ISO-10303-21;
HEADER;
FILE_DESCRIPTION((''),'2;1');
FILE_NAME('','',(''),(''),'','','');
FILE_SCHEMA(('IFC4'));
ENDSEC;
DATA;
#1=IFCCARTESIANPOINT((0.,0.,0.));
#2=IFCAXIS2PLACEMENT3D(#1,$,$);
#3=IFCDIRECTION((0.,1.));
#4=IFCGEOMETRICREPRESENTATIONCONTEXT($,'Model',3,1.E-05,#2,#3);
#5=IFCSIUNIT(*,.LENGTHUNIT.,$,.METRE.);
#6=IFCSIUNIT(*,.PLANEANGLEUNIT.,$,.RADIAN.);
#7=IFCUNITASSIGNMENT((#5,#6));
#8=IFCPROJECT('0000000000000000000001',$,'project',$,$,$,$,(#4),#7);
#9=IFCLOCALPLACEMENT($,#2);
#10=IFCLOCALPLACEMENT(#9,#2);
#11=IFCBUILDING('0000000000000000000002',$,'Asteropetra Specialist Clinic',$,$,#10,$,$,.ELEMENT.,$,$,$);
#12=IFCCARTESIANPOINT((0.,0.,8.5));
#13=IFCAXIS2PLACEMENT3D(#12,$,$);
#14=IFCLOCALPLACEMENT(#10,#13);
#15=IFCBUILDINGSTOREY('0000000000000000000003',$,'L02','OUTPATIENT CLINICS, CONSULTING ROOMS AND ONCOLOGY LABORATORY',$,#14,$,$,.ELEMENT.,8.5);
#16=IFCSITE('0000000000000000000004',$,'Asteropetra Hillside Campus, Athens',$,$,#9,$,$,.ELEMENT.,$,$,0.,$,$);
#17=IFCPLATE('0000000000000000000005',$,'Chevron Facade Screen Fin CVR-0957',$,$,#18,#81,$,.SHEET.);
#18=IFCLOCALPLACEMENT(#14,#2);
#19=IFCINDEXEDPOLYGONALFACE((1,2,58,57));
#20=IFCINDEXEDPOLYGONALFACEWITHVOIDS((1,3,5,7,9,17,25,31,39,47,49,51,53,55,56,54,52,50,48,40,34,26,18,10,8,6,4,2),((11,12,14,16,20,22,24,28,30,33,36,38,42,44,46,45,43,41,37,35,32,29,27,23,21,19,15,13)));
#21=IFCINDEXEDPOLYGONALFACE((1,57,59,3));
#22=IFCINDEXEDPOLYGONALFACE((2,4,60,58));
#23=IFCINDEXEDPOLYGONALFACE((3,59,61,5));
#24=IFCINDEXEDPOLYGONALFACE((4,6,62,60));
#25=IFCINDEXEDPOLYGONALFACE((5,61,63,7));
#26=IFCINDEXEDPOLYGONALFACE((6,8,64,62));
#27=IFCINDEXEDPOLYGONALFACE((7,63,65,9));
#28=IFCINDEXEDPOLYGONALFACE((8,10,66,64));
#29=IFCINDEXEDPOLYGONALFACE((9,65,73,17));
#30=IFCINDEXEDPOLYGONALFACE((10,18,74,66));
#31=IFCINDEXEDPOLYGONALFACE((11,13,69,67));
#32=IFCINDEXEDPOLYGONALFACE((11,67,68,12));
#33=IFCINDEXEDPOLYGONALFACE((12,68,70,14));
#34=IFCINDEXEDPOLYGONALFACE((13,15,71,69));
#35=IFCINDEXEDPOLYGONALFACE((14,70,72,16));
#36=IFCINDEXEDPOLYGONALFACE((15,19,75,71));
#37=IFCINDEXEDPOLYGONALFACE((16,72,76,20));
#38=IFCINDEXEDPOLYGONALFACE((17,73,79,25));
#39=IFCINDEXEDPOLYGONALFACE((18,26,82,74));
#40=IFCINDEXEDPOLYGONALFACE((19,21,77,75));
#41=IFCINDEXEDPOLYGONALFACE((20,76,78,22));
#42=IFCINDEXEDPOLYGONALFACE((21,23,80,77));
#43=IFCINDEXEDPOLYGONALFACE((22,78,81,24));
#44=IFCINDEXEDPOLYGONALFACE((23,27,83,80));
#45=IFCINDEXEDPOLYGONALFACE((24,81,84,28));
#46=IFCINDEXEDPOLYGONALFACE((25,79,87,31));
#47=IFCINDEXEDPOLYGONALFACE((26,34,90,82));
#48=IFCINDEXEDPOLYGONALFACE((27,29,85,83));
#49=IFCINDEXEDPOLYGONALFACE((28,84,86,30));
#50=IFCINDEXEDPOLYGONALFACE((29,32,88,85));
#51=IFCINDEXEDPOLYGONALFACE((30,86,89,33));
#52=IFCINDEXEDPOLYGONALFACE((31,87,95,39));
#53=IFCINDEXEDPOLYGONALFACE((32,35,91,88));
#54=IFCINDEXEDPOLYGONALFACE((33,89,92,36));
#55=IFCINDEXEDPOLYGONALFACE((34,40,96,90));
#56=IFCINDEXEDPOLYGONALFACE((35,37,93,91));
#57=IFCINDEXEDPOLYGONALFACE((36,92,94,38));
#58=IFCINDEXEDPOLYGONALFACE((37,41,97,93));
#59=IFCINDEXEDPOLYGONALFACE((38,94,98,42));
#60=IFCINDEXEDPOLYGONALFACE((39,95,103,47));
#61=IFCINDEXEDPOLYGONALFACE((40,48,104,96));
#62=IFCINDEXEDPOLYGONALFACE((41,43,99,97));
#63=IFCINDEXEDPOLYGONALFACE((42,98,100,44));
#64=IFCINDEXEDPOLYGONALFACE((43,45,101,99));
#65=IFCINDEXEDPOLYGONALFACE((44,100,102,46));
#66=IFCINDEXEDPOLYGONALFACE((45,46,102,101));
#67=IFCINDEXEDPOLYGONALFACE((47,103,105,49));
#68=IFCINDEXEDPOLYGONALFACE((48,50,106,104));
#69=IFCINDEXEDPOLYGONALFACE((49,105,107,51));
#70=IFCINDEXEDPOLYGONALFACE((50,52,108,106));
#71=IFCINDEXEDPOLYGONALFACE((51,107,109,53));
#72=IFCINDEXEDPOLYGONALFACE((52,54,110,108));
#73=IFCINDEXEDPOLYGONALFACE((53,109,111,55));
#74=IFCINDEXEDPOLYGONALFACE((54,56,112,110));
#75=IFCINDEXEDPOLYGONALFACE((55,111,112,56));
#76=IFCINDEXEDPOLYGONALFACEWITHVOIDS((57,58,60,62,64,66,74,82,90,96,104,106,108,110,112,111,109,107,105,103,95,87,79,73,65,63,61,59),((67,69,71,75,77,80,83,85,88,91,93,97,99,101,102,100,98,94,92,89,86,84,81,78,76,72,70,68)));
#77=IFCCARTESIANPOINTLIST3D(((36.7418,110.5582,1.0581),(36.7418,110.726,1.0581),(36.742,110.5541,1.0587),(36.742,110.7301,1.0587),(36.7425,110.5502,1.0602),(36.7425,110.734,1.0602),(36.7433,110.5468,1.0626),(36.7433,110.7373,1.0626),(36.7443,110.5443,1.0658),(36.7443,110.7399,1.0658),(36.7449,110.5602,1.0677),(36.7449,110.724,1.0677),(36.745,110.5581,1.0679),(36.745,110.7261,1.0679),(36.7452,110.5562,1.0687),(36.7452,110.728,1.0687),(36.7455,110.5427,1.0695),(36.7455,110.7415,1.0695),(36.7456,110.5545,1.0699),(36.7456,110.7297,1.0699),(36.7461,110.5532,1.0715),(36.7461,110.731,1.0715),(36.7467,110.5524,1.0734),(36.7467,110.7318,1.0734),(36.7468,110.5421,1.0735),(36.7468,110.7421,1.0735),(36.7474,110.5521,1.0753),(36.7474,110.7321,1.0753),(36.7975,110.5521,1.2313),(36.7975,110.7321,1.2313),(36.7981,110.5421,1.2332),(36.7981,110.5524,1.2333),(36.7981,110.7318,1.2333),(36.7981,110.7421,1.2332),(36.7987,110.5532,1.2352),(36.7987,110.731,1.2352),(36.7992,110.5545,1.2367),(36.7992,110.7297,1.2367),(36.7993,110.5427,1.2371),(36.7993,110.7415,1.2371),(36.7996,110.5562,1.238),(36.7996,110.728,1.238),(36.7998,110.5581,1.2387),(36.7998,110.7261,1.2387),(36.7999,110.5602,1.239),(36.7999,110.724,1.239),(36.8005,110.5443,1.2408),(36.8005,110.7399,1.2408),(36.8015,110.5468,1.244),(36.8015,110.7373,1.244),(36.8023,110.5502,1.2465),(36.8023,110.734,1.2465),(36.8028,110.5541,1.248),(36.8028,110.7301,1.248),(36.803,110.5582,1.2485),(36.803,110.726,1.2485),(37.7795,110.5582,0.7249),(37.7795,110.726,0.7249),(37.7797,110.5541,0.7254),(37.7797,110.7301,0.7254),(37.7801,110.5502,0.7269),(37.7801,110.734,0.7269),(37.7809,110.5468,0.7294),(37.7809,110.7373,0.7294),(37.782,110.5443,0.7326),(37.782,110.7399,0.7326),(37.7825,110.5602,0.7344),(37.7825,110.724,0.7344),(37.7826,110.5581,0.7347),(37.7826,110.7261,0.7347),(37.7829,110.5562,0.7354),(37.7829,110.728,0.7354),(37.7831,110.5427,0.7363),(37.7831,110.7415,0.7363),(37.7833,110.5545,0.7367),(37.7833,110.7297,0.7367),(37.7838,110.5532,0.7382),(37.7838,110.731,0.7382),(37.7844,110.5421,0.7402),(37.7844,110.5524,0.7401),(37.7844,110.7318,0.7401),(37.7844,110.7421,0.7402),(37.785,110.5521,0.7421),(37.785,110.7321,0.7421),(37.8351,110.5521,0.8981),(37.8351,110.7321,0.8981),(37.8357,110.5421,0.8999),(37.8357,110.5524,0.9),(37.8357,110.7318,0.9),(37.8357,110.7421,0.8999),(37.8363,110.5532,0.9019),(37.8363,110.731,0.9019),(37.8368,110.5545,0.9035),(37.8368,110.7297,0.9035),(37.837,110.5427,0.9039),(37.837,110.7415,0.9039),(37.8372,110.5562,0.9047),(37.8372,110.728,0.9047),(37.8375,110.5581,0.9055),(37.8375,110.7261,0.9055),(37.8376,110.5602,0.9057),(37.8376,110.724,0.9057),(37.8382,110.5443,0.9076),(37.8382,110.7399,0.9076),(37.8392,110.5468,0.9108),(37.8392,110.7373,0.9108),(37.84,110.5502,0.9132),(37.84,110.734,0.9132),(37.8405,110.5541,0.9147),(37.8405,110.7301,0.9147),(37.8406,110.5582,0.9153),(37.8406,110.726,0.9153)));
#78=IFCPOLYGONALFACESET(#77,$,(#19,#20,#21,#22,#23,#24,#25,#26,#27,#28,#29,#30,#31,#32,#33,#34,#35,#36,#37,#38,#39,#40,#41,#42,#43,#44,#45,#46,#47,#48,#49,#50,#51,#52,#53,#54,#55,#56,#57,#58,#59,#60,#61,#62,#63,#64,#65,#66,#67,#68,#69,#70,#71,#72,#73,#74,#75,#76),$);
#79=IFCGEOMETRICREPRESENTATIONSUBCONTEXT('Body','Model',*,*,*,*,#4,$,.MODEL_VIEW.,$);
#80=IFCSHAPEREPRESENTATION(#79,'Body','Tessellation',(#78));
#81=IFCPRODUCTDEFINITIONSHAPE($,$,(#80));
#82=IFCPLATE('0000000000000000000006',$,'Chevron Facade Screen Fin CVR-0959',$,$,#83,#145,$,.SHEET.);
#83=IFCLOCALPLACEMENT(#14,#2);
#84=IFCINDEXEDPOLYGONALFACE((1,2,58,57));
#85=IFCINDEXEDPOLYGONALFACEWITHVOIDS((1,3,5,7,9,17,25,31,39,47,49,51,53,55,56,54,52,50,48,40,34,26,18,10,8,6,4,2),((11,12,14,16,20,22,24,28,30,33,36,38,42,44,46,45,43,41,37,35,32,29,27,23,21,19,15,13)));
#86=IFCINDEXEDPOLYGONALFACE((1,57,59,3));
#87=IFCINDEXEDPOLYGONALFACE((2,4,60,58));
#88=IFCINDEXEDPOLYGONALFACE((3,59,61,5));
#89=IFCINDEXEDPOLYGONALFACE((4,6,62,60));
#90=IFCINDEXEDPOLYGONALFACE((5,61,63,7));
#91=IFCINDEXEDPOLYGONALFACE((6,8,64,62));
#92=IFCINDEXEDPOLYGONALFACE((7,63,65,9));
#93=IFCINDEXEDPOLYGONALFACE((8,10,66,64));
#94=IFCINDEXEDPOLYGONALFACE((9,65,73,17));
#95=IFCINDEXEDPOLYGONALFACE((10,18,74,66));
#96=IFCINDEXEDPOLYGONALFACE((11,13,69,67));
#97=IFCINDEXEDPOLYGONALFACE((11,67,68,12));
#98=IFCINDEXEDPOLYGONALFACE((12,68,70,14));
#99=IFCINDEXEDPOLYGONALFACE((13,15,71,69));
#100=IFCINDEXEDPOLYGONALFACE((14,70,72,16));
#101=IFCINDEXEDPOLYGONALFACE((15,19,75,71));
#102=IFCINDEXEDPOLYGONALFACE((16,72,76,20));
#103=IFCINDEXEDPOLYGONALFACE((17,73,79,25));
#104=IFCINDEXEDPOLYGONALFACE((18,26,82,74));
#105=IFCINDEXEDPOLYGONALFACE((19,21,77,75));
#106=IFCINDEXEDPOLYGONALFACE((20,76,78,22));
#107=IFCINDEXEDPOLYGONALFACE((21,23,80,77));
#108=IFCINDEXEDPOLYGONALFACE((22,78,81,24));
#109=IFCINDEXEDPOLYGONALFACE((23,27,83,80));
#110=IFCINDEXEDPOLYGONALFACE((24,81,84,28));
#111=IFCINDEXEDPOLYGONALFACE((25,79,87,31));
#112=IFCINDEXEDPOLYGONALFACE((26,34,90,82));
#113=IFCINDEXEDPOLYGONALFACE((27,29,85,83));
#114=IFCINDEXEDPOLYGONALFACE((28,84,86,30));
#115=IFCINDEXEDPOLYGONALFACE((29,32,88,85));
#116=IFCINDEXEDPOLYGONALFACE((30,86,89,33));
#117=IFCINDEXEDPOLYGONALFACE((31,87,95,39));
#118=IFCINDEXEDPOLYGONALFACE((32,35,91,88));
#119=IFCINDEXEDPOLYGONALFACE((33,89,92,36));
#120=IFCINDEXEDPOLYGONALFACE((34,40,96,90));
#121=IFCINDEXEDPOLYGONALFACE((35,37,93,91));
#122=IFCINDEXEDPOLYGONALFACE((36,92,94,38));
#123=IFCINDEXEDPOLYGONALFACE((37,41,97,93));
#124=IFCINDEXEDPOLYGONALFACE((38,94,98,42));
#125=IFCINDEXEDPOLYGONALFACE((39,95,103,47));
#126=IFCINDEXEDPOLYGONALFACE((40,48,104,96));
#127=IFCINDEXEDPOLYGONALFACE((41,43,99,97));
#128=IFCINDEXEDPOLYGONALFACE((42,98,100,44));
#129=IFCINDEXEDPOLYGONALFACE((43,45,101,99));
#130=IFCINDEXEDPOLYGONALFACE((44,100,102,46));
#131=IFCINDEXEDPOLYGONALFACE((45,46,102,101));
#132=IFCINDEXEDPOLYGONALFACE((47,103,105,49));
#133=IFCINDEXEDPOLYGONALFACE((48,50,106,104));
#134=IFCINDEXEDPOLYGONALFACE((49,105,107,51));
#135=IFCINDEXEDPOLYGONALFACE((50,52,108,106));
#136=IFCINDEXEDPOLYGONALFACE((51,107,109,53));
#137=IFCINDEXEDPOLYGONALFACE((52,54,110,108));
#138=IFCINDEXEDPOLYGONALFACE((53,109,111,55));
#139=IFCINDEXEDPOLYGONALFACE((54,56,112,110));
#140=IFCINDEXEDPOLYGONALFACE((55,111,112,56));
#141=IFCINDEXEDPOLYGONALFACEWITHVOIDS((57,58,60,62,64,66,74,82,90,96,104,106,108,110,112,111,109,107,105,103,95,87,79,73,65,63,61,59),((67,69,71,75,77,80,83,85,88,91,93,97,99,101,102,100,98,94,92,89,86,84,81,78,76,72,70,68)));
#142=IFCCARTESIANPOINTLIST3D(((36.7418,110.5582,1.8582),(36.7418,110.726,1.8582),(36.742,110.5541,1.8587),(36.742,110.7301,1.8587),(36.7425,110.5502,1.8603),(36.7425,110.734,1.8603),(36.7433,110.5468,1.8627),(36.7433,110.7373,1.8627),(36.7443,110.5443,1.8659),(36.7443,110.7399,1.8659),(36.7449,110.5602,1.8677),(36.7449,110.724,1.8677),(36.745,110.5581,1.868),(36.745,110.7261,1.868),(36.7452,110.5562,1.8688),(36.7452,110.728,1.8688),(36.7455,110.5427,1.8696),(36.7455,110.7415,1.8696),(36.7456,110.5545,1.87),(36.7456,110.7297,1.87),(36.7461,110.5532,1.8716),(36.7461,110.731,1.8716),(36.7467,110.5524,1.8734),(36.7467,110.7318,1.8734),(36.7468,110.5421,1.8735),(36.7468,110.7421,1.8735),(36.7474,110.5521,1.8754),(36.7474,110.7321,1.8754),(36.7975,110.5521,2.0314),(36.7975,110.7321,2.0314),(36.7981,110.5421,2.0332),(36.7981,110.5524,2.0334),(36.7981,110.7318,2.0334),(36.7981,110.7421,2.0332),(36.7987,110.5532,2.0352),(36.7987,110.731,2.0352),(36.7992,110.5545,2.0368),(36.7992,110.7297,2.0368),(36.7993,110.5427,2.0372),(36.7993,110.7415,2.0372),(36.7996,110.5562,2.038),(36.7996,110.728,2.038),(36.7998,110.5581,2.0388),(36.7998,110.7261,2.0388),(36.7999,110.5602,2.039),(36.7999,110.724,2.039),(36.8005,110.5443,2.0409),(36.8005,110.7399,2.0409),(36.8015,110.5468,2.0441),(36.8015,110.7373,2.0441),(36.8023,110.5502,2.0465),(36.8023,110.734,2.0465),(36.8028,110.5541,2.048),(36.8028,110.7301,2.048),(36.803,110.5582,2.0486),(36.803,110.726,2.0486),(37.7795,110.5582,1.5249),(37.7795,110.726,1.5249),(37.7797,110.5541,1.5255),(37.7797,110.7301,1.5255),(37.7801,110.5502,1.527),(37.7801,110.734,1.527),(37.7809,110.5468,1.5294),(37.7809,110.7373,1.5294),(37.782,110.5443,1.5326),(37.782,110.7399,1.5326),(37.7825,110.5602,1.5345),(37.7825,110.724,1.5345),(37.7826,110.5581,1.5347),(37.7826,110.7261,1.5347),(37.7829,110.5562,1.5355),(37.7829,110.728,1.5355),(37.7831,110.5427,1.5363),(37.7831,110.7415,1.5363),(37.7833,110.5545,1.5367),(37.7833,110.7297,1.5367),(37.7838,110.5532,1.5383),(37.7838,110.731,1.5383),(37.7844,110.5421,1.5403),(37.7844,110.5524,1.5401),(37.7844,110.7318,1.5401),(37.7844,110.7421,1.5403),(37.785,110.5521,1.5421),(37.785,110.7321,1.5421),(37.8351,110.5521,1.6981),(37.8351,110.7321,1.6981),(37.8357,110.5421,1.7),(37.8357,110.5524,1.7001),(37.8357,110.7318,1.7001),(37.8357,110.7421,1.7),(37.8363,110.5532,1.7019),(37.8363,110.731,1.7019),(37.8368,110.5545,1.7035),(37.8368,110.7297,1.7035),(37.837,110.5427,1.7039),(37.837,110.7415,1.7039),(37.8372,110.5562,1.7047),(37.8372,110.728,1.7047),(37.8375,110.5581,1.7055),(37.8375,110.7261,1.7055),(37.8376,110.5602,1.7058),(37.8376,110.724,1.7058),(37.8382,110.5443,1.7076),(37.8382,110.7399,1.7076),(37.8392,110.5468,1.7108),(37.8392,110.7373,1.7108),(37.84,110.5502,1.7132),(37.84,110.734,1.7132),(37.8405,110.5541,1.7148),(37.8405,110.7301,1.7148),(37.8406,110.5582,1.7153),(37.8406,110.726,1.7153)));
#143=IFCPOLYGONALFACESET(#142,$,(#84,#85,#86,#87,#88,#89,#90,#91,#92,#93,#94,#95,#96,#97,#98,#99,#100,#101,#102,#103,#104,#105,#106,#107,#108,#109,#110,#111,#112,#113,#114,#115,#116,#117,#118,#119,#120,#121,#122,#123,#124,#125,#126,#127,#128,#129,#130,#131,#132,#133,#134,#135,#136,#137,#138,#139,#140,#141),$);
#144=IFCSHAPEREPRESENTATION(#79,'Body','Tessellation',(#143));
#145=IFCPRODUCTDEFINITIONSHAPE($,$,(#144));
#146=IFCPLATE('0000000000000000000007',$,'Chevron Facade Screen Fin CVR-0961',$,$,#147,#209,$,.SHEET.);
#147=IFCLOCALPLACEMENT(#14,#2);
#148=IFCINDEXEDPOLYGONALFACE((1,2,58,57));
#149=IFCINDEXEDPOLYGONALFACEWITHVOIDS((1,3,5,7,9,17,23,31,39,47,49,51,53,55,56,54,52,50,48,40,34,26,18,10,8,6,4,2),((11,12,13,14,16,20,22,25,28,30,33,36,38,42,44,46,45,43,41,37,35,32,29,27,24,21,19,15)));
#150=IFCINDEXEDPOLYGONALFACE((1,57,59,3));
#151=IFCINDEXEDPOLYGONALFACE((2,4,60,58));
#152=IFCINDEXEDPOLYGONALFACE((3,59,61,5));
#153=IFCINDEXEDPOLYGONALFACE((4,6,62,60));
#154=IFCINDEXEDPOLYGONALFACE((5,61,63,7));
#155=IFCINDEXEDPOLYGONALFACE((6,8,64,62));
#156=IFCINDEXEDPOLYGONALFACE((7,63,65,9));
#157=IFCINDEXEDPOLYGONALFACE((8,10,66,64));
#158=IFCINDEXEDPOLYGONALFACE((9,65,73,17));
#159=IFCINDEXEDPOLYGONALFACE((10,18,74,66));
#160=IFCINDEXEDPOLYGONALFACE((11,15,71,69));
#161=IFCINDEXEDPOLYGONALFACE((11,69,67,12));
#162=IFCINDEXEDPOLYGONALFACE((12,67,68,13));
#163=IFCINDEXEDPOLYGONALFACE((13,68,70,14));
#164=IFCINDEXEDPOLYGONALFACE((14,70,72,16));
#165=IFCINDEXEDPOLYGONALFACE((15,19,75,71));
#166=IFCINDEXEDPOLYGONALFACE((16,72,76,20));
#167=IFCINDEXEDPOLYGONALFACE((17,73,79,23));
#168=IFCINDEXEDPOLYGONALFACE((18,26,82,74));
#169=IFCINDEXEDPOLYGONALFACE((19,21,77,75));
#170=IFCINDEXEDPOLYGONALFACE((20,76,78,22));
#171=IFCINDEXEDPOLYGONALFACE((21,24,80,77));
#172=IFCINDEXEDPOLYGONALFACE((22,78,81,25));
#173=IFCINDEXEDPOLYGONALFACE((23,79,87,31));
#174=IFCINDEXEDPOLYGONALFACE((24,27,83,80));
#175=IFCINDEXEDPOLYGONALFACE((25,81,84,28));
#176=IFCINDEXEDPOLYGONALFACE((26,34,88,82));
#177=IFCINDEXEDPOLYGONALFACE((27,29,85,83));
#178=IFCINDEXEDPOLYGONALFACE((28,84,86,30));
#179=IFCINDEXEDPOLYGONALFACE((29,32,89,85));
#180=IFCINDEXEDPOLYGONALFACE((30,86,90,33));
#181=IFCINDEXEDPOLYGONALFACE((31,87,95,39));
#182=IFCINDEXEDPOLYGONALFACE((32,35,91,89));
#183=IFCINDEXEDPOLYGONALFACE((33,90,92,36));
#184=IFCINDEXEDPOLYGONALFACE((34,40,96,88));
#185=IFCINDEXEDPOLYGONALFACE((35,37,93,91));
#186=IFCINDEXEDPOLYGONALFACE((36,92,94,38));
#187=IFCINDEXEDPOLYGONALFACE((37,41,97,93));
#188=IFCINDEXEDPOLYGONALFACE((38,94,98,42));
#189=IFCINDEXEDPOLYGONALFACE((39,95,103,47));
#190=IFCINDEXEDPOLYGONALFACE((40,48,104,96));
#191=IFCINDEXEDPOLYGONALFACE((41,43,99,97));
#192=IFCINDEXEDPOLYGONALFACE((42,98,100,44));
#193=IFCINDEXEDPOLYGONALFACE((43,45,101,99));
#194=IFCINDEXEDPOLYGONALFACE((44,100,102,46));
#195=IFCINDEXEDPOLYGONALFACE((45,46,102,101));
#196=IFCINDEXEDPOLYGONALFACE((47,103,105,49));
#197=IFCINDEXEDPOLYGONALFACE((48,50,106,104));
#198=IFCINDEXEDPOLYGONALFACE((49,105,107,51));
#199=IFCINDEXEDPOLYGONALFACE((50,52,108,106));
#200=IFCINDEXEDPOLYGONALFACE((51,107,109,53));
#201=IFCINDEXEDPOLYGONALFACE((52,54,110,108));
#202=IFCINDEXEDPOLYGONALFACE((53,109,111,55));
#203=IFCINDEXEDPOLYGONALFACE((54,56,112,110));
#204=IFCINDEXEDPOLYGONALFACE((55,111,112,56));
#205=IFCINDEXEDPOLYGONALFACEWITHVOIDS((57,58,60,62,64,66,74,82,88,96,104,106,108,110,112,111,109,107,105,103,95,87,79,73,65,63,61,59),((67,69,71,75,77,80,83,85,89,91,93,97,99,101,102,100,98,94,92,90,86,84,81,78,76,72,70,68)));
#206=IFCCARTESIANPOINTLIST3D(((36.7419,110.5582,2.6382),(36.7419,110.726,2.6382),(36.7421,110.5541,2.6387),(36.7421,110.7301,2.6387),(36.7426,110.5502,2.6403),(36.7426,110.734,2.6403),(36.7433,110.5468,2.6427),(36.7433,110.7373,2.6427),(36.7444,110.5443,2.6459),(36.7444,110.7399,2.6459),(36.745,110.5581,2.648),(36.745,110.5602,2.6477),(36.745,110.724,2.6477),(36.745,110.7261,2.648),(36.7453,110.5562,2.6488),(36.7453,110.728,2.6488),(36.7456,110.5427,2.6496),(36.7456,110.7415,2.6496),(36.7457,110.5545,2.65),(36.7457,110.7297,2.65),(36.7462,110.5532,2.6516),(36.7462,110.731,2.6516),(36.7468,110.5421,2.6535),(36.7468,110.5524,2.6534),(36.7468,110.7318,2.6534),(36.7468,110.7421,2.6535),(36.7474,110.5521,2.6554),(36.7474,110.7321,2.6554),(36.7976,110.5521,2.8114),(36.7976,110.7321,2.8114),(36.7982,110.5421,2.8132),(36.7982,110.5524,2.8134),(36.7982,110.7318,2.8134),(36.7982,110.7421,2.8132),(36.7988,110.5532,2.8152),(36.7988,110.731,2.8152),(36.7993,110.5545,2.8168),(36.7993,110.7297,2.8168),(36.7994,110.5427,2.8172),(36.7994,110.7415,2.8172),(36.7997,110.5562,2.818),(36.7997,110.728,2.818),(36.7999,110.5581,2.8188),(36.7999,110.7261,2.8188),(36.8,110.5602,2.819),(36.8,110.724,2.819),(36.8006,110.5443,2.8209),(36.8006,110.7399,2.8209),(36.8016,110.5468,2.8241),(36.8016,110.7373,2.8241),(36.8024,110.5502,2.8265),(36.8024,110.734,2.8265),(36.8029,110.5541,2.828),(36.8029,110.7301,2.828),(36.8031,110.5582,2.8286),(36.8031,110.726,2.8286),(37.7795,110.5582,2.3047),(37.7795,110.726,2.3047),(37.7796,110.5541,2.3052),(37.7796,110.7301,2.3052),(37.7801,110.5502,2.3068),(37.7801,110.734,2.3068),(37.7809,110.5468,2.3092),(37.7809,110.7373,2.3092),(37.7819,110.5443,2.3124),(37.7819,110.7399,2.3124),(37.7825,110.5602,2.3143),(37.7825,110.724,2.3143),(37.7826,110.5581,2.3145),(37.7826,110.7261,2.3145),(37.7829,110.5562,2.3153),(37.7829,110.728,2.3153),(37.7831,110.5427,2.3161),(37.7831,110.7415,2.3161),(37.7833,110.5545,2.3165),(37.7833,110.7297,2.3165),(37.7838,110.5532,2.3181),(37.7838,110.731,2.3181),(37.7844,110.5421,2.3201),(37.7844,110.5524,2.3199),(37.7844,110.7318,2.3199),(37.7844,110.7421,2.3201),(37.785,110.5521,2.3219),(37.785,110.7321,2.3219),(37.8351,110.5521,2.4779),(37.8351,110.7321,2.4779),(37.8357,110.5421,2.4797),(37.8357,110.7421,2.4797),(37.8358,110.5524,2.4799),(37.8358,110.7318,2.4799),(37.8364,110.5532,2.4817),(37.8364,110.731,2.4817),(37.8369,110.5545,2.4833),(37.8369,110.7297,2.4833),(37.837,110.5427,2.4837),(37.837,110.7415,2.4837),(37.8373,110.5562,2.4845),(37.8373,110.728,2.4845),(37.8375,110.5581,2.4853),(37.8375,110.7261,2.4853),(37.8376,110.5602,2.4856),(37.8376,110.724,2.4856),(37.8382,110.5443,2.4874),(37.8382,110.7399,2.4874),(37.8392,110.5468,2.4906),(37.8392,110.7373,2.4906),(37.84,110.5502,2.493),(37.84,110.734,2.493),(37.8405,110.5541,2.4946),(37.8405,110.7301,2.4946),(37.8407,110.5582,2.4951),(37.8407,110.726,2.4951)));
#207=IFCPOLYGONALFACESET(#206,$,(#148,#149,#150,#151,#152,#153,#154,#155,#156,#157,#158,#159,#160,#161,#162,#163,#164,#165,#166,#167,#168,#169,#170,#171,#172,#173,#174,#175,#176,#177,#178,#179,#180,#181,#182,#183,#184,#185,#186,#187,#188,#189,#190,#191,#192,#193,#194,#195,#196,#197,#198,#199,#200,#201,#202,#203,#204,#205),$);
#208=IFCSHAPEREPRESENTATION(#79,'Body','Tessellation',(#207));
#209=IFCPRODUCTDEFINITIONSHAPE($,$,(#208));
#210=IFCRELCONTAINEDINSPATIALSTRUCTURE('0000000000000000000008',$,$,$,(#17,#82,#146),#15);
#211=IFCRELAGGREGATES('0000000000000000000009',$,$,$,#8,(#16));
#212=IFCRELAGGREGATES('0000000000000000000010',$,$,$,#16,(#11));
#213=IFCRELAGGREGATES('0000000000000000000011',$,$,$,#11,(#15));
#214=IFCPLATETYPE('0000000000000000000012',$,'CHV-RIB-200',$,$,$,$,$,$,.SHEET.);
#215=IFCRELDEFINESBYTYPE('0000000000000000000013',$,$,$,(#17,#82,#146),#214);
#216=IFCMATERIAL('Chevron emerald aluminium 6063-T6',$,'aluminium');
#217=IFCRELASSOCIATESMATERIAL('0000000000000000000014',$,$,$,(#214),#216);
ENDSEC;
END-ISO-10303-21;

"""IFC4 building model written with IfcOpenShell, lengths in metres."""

from ifc_helpers import new_model, si_unit, direction, frame, origin, origin_2d, place, context, subcontext, project, spatial, hollow_rectangle, extrude, material, material_profile, profile_set, type_object, element, save


model = new_model("IFC4")

# Units and contexts
model_context = context("Model", 3, precision=1e-05, world=origin(), true_north=direction((0.0, 1.0)))
body_context = subcontext(model_context, "Body", "Model", "MODEL_VIEW")
ifc_project = project(units=[si_unit("LENGTHUNIT", "METRE"), si_unit("PLANEANGLEUNIT", "RADIAN")], contexts=[model_context])

# Site, building, storey
site_placement = place(None, origin())
site = spatial("IfcSite", under=ifc_project, at=site_placement, Name="Asteropetra Hillside Campus, Athens", CompositionType="ELEMENT", RefElevation=0.0)
building_placement = place(site_placement, origin())
building = spatial("IfcBuilding", under=site, at=building_placement, Name="Asteropetra Specialist Clinic", CompositionType="ELEMENT")
storey_placement = place(building_placement, frame((0.0, 0.0, 8.5)))
storey = spatial("IfcBuildingStorey", under=building, at=storey_placement, Name="L02", Description="OUTPATIENT CLINICS, CONSULTING ROOMS AND ONCOLOGY LABORATORY", CompositionType="ELEMENT", Elevation=8.5)

# Plates
ifc_material_1 = material(Name="Chevron emerald aluminium 6063-T6", Category="aluminium")
ifc_material_profile = material_profile(ifc_material_1, hollow_rectangle(XDim=0.2, YDim=0.2, WallThickness=0.01, InnerFilletRadius=0.0081, OuterFilletRadius=0.0161, at=origin_2d()), Name="SHS 200x200x10.0")
ifc_profile_set = profile_set([ifc_material_profile], Name="Chevron emerald aluminium 6063-T6")
plate_type_1 = type_object("IfcPlateType", Name="CHV-RIB-200", PredefinedType="SHEET", material=ifc_profile_set)
for number, where, z_axis, x_axis, name in (
    (1, (37.8101, 110.6421, 0.8201), (-0.952098, 0.0, 0.305792), (0.0, -1.0, 0.0), "Chevron Facade Screen Fin CVR-0957"),
    (2, (37.8101, 110.6421, 1.6201), (-0.952098, 0.0, 0.305792), (0.0, -1.0, 0.0), "Chevron Facade Screen Fin CVR-0959"),
    (3, (37.8101, 110.6421, 2.3999), (-0.952033, 0.0, 0.305995), (0.0, -1.0, 0.0), "Chevron Facade Screen Fin CVR-0961"),
):
    element("IfcPlate", number, at=place(storey_placement, frame(where, z_axis=z_axis, x_axis=x_axis)), inside=storey, type_object=plate_type_1, Name=name, PredefinedType="SHEET", context=body_context, shape_type="SweptSolid", body=[
        extrude(hollow_rectangle(XDim=0.2, YDim=0.2, WallThickness=0.01, InnerFilletRadius=0.0081, OuterFilletRadius=0.0161, at=origin_2d()), origin(), (0.0, 0.0, 1.0), 1.0898),
    ])

save(model, "model.ifc")
